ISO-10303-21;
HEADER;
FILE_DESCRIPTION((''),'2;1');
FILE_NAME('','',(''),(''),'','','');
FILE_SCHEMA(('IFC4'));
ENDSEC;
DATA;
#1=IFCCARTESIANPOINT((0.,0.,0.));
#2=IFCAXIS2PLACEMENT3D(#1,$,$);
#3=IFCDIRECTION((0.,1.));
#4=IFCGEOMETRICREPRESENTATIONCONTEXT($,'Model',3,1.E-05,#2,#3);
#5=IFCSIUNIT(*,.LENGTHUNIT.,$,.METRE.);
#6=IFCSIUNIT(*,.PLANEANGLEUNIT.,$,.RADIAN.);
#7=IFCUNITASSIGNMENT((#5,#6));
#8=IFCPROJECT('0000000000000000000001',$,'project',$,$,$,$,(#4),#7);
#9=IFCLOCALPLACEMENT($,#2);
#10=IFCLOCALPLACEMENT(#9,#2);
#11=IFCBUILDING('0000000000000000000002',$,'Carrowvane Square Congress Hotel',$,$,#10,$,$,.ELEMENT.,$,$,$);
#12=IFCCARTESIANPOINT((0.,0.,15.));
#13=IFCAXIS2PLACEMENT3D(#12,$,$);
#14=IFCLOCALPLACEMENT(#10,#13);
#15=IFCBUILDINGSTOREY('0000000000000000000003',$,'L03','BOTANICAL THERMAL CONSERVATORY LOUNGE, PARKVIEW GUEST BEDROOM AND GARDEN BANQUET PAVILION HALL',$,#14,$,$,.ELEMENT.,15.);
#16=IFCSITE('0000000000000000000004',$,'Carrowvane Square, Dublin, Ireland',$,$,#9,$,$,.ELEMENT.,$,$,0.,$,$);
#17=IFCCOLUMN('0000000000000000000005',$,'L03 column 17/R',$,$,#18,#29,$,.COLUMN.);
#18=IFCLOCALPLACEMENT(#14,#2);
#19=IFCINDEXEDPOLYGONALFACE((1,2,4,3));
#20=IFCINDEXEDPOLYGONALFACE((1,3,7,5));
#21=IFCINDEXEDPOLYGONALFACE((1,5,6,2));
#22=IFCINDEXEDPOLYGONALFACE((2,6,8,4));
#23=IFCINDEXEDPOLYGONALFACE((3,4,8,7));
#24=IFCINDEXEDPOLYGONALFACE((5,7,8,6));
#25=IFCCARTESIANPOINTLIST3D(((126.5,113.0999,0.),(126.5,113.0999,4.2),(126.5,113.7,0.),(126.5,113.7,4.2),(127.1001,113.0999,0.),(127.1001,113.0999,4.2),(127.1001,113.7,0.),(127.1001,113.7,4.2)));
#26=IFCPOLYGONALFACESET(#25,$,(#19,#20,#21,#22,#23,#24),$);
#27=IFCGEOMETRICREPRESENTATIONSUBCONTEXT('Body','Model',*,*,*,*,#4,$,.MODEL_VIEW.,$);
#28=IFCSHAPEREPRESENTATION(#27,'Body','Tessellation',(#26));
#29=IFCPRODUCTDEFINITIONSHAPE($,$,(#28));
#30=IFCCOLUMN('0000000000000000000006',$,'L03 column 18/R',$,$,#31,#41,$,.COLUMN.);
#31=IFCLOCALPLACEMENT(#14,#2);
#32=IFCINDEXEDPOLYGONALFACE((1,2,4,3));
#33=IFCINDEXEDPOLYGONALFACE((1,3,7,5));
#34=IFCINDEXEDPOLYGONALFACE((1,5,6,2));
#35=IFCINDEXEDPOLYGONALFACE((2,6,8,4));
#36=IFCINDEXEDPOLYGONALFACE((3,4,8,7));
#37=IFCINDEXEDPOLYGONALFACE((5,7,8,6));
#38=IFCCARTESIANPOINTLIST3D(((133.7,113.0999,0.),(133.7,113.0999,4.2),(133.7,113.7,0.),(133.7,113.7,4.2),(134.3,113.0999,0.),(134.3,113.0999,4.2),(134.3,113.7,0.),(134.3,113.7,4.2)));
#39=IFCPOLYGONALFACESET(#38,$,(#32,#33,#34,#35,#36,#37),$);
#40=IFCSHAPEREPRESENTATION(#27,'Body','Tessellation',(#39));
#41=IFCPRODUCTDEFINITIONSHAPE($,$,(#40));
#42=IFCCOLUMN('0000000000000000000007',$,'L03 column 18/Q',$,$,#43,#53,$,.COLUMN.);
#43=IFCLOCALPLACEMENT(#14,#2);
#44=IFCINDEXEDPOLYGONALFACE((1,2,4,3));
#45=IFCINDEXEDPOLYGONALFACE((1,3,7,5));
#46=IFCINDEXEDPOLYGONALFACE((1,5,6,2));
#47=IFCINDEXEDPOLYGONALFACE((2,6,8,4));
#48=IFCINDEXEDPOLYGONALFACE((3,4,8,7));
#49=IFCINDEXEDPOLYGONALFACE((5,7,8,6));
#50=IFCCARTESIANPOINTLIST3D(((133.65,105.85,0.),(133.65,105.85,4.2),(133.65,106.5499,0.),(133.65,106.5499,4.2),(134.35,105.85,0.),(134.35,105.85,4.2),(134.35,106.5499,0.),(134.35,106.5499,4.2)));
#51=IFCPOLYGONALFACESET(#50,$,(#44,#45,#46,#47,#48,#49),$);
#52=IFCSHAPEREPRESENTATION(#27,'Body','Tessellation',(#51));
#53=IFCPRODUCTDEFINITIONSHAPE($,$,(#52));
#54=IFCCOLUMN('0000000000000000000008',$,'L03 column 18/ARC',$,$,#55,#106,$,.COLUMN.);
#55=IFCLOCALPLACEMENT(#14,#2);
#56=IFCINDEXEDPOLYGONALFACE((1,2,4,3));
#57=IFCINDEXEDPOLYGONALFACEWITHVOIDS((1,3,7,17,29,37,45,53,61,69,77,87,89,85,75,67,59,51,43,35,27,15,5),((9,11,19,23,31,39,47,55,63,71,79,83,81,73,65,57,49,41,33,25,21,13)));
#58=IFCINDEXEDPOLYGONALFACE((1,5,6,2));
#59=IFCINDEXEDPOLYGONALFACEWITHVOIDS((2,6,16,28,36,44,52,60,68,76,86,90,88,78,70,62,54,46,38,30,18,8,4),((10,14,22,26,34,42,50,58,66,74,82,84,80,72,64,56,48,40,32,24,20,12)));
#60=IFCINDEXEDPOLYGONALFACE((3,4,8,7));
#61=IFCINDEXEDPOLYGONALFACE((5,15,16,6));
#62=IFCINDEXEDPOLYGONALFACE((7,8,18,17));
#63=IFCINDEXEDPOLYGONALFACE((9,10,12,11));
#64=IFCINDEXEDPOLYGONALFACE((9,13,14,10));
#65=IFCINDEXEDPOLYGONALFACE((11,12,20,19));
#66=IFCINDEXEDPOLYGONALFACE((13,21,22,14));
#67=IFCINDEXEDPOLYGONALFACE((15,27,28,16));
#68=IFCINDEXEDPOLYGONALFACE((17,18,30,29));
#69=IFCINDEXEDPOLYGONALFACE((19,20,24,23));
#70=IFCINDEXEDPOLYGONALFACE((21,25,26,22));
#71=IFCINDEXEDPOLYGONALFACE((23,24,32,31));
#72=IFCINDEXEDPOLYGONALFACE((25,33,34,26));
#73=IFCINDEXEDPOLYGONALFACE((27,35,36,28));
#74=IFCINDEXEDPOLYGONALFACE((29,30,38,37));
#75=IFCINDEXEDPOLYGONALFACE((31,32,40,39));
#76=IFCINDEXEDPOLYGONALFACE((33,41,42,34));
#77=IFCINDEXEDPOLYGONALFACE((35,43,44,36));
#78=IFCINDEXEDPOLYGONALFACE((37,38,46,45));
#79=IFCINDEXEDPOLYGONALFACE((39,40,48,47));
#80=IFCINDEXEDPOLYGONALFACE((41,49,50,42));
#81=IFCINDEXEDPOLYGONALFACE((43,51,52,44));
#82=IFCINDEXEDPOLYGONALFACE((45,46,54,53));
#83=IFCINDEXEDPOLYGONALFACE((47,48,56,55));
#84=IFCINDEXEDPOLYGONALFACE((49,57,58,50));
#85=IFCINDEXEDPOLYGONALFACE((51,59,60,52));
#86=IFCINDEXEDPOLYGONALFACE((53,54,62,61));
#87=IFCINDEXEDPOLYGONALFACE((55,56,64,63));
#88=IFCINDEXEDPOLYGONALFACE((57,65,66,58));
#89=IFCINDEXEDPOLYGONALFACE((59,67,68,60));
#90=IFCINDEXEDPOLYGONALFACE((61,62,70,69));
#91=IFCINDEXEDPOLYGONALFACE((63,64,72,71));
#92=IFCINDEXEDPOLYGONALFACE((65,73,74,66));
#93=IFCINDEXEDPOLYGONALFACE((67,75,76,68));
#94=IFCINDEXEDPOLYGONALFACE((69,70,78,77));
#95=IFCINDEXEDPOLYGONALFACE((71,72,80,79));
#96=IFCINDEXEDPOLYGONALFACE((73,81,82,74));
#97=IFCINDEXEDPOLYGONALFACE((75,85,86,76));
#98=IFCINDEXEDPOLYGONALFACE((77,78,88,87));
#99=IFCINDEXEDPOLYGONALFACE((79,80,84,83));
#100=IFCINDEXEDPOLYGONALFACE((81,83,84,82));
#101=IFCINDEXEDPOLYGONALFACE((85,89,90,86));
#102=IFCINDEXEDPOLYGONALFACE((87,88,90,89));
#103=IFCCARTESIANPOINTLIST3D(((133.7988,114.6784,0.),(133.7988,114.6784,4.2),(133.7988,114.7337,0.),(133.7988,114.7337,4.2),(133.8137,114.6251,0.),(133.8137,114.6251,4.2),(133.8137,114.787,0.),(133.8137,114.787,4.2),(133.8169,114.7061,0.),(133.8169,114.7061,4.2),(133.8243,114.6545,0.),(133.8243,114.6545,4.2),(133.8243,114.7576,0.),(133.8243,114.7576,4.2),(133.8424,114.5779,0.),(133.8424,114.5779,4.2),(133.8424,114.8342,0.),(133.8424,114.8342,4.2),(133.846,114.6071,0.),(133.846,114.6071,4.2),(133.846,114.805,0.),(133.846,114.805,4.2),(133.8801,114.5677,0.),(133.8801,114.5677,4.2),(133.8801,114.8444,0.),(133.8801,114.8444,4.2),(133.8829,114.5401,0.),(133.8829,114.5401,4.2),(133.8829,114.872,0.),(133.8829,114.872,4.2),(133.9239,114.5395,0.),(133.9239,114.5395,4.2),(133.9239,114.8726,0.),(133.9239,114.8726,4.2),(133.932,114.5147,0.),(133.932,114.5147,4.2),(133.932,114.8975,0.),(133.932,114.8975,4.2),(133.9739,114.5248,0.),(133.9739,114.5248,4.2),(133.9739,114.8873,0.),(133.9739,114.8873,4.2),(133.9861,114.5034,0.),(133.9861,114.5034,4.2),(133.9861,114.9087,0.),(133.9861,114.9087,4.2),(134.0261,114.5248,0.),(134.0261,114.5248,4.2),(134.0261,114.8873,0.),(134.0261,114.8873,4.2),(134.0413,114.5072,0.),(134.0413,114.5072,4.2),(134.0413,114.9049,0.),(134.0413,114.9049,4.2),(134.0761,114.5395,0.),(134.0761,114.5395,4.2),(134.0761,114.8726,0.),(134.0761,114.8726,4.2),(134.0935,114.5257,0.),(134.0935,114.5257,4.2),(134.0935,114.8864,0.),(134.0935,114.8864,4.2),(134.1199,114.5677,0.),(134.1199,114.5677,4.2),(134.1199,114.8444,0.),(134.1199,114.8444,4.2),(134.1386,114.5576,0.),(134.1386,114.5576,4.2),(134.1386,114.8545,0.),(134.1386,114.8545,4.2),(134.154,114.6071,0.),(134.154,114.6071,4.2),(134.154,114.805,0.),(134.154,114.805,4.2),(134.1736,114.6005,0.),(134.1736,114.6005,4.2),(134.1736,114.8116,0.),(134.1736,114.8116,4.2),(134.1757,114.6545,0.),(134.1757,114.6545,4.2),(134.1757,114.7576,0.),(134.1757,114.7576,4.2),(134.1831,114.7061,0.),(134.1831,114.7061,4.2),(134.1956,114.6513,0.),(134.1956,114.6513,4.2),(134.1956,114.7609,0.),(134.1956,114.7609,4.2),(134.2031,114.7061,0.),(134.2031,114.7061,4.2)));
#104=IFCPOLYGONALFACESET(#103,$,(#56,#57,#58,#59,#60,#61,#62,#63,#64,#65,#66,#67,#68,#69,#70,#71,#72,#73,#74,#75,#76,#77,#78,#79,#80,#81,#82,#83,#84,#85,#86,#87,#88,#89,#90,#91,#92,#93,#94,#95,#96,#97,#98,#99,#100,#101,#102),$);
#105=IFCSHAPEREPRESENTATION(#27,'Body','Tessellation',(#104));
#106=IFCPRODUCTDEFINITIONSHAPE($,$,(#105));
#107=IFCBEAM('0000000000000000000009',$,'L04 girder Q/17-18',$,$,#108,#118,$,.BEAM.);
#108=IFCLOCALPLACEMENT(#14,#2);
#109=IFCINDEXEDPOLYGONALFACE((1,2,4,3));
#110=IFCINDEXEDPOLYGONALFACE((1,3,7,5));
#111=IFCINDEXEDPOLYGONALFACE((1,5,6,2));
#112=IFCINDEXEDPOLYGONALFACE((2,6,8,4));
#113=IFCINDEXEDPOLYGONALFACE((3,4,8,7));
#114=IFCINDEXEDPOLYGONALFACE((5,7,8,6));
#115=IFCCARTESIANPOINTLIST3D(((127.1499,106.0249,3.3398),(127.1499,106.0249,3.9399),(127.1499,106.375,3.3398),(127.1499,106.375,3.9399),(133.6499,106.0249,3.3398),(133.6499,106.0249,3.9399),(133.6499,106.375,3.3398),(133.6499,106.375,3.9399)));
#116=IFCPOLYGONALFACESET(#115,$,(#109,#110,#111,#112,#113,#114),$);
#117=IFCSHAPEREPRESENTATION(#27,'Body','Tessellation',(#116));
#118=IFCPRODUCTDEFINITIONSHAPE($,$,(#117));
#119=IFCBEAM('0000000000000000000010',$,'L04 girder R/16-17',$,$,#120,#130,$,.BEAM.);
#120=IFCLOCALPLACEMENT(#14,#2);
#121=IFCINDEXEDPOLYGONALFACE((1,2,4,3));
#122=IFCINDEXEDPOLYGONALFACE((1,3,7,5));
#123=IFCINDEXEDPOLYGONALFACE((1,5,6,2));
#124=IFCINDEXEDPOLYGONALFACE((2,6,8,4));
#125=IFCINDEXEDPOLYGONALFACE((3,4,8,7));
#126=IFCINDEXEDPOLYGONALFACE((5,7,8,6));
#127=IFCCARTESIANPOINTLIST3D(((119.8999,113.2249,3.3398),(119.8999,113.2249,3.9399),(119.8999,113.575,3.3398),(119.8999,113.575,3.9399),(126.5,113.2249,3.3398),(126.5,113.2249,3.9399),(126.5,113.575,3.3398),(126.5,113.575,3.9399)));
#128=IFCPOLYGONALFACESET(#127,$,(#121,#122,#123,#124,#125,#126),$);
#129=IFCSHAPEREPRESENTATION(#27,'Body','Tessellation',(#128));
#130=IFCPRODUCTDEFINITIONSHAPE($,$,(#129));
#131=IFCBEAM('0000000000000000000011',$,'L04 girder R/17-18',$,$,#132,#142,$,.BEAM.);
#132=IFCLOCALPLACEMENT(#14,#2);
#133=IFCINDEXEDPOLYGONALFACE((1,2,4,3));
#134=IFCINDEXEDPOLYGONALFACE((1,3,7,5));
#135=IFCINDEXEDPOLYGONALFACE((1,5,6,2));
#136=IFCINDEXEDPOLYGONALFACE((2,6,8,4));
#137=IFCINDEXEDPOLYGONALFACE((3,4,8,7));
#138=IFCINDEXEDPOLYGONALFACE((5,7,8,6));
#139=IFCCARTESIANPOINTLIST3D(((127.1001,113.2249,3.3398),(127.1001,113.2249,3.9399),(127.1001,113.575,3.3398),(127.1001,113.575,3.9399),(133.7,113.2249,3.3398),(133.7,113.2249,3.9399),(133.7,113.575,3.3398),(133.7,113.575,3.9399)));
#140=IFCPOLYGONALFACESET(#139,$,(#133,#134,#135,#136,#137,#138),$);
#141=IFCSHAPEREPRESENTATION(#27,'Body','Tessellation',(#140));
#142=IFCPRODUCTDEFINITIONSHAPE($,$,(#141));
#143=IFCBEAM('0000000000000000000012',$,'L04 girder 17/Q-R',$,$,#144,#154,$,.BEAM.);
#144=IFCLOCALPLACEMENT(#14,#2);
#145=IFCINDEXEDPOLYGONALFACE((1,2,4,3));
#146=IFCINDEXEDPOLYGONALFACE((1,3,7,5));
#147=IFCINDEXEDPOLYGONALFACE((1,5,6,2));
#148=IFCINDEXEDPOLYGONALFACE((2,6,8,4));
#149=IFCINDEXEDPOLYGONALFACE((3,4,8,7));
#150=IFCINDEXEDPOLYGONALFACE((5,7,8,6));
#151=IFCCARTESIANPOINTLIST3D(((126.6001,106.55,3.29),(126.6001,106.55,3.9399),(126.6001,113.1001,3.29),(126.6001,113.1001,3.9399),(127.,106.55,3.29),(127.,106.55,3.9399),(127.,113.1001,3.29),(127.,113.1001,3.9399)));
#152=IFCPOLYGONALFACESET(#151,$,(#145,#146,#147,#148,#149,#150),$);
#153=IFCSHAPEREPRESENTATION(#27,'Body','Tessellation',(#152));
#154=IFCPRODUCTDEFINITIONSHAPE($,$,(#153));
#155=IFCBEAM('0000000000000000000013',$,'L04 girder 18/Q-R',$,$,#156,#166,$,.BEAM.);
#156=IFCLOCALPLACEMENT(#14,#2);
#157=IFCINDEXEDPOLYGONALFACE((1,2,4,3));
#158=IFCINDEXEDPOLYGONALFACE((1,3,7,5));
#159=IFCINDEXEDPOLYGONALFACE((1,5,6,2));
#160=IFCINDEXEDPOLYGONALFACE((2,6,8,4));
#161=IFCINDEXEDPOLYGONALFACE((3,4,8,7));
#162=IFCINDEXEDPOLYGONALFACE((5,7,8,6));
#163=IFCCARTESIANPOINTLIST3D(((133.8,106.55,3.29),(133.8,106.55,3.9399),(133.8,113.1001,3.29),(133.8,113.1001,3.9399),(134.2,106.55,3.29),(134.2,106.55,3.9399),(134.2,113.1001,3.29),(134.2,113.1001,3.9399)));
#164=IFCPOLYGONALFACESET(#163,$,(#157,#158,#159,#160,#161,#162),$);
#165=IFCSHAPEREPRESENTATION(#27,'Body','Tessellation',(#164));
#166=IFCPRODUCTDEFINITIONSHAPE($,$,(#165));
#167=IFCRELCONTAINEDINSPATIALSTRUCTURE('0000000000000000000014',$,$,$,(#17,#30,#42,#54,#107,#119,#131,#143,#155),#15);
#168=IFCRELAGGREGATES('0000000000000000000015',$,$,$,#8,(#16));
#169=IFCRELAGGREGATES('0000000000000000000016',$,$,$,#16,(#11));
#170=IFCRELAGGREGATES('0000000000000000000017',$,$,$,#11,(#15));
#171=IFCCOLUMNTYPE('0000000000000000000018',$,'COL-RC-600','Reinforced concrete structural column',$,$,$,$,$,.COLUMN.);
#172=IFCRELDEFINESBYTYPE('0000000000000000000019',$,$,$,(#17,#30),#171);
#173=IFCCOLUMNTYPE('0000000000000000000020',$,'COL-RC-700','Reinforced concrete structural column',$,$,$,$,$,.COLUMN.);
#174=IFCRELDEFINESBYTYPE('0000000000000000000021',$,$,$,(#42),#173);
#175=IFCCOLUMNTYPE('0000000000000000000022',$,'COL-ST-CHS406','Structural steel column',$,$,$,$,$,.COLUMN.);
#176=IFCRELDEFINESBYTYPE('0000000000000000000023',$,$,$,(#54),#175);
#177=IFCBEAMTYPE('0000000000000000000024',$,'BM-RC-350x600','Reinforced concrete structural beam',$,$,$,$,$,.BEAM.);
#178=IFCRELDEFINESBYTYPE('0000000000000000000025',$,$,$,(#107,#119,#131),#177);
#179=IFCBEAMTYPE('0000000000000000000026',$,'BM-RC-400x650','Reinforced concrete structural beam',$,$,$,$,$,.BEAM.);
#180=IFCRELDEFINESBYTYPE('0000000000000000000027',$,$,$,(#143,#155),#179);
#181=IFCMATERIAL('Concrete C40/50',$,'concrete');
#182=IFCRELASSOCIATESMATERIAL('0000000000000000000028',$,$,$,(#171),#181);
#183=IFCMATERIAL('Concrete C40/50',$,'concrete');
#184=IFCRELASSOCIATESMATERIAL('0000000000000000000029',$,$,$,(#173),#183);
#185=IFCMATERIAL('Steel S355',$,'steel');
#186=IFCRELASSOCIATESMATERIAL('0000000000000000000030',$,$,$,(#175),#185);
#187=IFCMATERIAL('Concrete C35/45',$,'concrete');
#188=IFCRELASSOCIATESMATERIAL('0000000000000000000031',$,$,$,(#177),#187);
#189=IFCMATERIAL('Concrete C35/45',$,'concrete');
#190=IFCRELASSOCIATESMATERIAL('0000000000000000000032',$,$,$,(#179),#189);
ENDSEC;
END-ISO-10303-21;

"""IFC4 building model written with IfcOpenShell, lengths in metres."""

from ifc_helpers import new_model, si_unit, direction, frame, origin, origin_2d, place, context, subcontext, project, spatial, rectangle, hollow_circle, extrude, material, material_profile, profile_set, type_object, element, save


model = new_model("IFC4")

# Units and contexts
model_context = context("Model", 3, precision=1e-05, world=origin(), true_north=direction((0.0, 1.0)))
body_context = subcontext(model_context, "Body", "Model", "MODEL_VIEW")
ifc_project = project(units=[si_unit("LENGTHUNIT", "METRE"), si_unit("PLANEANGLEUNIT", "RADIAN")], contexts=[model_context])

# Site, building, storey
site_placement = place(None, origin())
site = spatial("IfcSite", under=ifc_project, at=site_placement, Name="Carrowvane Square, Dublin, Ireland", CompositionType="ELEMENT", RefElevation=0.0)
building_placement = place(site_placement, origin())
building = spatial("IfcBuilding", under=site, at=building_placement, Name="Carrowvane Square Congress Hotel", CompositionType="ELEMENT")
storey_placement = place(building_placement, frame((0.0, 0.0, 15.0)))
storey = spatial("IfcBuildingStorey", under=building, at=storey_placement, Name="L03", Description="BOTANICAL THERMAL CONSERVATORY LOUNGE, PARKVIEW GUEST BEDROOM AND GARDEN BANQUET PAVILION HALL", CompositionType="ELEMENT", Elevation=15.0)

# Columns
ifc_material_1 = material(Name="Concrete C40/50", Category="concrete")
ifc_material_profile_1 = material_profile(ifc_material_1, rectangle(XDim=0.6001, YDim=0.6001, at=origin_2d()), Name="RC 600x600")
ifc_profile_set_1 = profile_set([ifc_material_profile_1], Name="Concrete C40/50")
column_type_1 = type_object("IfcColumnType", Name="COL-RC-600", Description="Reinforced concrete structural column", PredefinedType="COLUMN", material=ifc_profile_set_1)
for number, where, z_axis, x_axis, name in (
    (1, (126.8, 113.3999, 0.0), (0.0, 0.0, 1.0), (1.0, 0.0, 0.0), "L03 column 17/R"),
    (2, (134.0, 113.3999, 0.0), (0.0, 0.0, 1.0), (1.0, 0.0, 0.0), "L03 column 18/R"),
):
    element("IfcColumn", number, at=place(storey_placement, frame(where, z_axis=z_axis, x_axis=x_axis)), inside=storey, type_object=column_type_1, Name=name, PredefinedType="COLUMN", context=body_context, shape_type="SweptSolid", body=[
        extrude(rectangle(XDim=0.6001, YDim=0.6001, at=origin_2d()), origin(), (0.0, 0.0, 1.0), 4.2),
    ])
ifc_material_2 = material(Name="Concrete C40/50", Category="concrete")
ifc_material_profile_2 = material_profile(ifc_material_2, rectangle(XDim=0.7, YDim=0.7, at=origin_2d()), Name="RC 700x700")
ifc_profile_set_2 = profile_set([ifc_material_profile_2], Name="Concrete C40/50")
column_type_2 = type_object("IfcColumnType", Name="COL-RC-700", Description="Reinforced concrete structural column", PredefinedType="COLUMN", material=ifc_profile_set_2)
column_1_placement = place(storey_placement, frame((134.0, 106.2, 0.0), z_axis=(0.0, 0.0, 1.0), x_axis=(1.0, 0.0, 0.0)))
element("IfcColumn", 3, at=column_1_placement, inside=storey, type_object=column_type_2, Name="L03 column 18/Q", PredefinedType="COLUMN", context=body_context, shape_type="SweptSolid", body=[
    extrude(rectangle(XDim=0.7, YDim=0.7, at=origin_2d()), origin(), (0.0, 0.0, 1.0), 4.2),
])
ifc_material_3 = material(Name="Steel S355", Category="steel")
ifc_material_profile_3 = material_profile(ifc_material_3, hollow_circle(Radius=0.2031, WallThickness=0.02, at=origin_2d()), Name="CHS 406.4x20")
ifc_profile_set_3 = profile_set([ifc_material_profile_3], Name="Steel S355")
column_type_3 = type_object("IfcColumnType", Name="COL-ST-CHS406", Description="Structural steel column", PredefinedType="COLUMN", material=ifc_profile_set_3)
column_2_placement = place(storey_placement, frame((134.0, 114.7061, 0.0), z_axis=(0.0, 0.0, 1.0), x_axis=(1.0, 0.0, 0.0)))
element("IfcColumn", 4, at=column_2_placement, inside=storey, type_object=column_type_3, Name="L03 column 18/ARC", PredefinedType="COLUMN", context=body_context, shape_type="SweptSolid", body=[
    extrude(hollow_circle(Radius=0.2031, WallThickness=0.02, at=origin_2d()), origin(), (0.0, 0.0, 1.0), 4.2),
])

# Beams
ifc_material_4 = material(Name="Concrete C35/45", Category="concrete")
ifc_material_profile_4 = material_profile(ifc_material_4, rectangle(XDim=0.3501, YDim=0.6001, at=origin_2d()), Name="RC 350x600")
ifc_profile_set_4 = profile_set([ifc_material_profile_4], Name="Concrete C35/45")
beam_type_1 = type_object("IfcBeamType", Name="BM-RC-350x600", Description="Reinforced concrete structural beam", PredefinedType="BEAM", material=ifc_profile_set_4)
beam_1_placement = place(storey_placement, frame((127.1499, 106.2, 3.6399), z_axis=(1.0, 0.0, 0.0), x_axis=(0.0, 1.0, 0.0)))
element("IfcBeam", 5, at=beam_1_placement, inside=storey, type_object=beam_type_1, Name="L04 girder Q/17-18", PredefinedType="BEAM", context=body_context, shape_type="SweptSolid", body=[
    extrude(rectangle(XDim=0.3501, YDim=0.6001, at=origin_2d()), origin(), (0.0, 0.0, 1.0), 6.5),
])
beam_2_placement = place(storey_placement, frame((119.8999, 113.3999, 3.6399), z_axis=(1.0, 0.0, 0.0), x_axis=(0.0, 1.0, 0.0)))
element("IfcBeam", 6, at=beam_2_placement, inside=storey, type_object=beam_type_1, Name="L04 girder R/16-17", PredefinedType="BEAM", context=body_context, shape_type="SweptSolid", body=[
    extrude(rectangle(XDim=0.3501, YDim=0.6001, at=origin_2d()), origin(), (0.0, 0.0, 1.0), 6.6001),
])
beam_3_placement = place(storey_placement, frame((127.1001, 113.3999, 3.6399), z_axis=(1.0, 0.0, 0.0), x_axis=(0.0, 1.0, 0.0)))
element("IfcBeam", 7, at=beam_3_placement, inside=storey, type_object=beam_type_1, Name="L04 girder R/17-18", PredefinedType="BEAM", context=body_context, shape_type="SweptSolid", body=[
    extrude(rectangle(XDim=0.3501, YDim=0.6001, at=origin_2d()), origin(), (0.0, 0.0, 1.0), 6.5999),
])
ifc_material_5 = material(Name="Concrete C35/45", Category="concrete")
ifc_material_profile_5 = material_profile(ifc_material_5, rectangle(XDim=0.3999, YDim=0.6499, at=origin_2d()), Name="RC 400x650")
ifc_profile_set_5 = profile_set([ifc_material_profile_5], Name="Concrete C35/45")
beam_type_2 = type_object("IfcBeamType", Name="BM-RC-400x650", Description="Reinforced concrete structural beam", PredefinedType="BEAM", material=ifc_profile_set_5)
for number, where, z_axis, x_axis, name in (
    (8, (126.8, 106.55, 3.615), (0.0, 1.0, 0.0), (-1.0, 0.0, 0.0), "L04 girder 17/Q-R"),
    (9, (134.0, 106.55, 3.615), (0.0, 1.0, 0.0), (-1.0, 0.0, 0.0), "L04 girder 18/Q-R"),
):
    element("IfcBeam", number, at=place(storey_placement, frame(where, z_axis=z_axis, x_axis=x_axis)), inside=storey, type_object=beam_type_2, Name=name, PredefinedType="BEAM", context=body_context, shape_type="SweptSolid", body=[
        extrude(rectangle(XDim=0.3999, YDim=0.6499, at=origin_2d()), origin(), (0.0, 0.0, 1.0), 6.55),
    ])

save(model, "model.ifc")
